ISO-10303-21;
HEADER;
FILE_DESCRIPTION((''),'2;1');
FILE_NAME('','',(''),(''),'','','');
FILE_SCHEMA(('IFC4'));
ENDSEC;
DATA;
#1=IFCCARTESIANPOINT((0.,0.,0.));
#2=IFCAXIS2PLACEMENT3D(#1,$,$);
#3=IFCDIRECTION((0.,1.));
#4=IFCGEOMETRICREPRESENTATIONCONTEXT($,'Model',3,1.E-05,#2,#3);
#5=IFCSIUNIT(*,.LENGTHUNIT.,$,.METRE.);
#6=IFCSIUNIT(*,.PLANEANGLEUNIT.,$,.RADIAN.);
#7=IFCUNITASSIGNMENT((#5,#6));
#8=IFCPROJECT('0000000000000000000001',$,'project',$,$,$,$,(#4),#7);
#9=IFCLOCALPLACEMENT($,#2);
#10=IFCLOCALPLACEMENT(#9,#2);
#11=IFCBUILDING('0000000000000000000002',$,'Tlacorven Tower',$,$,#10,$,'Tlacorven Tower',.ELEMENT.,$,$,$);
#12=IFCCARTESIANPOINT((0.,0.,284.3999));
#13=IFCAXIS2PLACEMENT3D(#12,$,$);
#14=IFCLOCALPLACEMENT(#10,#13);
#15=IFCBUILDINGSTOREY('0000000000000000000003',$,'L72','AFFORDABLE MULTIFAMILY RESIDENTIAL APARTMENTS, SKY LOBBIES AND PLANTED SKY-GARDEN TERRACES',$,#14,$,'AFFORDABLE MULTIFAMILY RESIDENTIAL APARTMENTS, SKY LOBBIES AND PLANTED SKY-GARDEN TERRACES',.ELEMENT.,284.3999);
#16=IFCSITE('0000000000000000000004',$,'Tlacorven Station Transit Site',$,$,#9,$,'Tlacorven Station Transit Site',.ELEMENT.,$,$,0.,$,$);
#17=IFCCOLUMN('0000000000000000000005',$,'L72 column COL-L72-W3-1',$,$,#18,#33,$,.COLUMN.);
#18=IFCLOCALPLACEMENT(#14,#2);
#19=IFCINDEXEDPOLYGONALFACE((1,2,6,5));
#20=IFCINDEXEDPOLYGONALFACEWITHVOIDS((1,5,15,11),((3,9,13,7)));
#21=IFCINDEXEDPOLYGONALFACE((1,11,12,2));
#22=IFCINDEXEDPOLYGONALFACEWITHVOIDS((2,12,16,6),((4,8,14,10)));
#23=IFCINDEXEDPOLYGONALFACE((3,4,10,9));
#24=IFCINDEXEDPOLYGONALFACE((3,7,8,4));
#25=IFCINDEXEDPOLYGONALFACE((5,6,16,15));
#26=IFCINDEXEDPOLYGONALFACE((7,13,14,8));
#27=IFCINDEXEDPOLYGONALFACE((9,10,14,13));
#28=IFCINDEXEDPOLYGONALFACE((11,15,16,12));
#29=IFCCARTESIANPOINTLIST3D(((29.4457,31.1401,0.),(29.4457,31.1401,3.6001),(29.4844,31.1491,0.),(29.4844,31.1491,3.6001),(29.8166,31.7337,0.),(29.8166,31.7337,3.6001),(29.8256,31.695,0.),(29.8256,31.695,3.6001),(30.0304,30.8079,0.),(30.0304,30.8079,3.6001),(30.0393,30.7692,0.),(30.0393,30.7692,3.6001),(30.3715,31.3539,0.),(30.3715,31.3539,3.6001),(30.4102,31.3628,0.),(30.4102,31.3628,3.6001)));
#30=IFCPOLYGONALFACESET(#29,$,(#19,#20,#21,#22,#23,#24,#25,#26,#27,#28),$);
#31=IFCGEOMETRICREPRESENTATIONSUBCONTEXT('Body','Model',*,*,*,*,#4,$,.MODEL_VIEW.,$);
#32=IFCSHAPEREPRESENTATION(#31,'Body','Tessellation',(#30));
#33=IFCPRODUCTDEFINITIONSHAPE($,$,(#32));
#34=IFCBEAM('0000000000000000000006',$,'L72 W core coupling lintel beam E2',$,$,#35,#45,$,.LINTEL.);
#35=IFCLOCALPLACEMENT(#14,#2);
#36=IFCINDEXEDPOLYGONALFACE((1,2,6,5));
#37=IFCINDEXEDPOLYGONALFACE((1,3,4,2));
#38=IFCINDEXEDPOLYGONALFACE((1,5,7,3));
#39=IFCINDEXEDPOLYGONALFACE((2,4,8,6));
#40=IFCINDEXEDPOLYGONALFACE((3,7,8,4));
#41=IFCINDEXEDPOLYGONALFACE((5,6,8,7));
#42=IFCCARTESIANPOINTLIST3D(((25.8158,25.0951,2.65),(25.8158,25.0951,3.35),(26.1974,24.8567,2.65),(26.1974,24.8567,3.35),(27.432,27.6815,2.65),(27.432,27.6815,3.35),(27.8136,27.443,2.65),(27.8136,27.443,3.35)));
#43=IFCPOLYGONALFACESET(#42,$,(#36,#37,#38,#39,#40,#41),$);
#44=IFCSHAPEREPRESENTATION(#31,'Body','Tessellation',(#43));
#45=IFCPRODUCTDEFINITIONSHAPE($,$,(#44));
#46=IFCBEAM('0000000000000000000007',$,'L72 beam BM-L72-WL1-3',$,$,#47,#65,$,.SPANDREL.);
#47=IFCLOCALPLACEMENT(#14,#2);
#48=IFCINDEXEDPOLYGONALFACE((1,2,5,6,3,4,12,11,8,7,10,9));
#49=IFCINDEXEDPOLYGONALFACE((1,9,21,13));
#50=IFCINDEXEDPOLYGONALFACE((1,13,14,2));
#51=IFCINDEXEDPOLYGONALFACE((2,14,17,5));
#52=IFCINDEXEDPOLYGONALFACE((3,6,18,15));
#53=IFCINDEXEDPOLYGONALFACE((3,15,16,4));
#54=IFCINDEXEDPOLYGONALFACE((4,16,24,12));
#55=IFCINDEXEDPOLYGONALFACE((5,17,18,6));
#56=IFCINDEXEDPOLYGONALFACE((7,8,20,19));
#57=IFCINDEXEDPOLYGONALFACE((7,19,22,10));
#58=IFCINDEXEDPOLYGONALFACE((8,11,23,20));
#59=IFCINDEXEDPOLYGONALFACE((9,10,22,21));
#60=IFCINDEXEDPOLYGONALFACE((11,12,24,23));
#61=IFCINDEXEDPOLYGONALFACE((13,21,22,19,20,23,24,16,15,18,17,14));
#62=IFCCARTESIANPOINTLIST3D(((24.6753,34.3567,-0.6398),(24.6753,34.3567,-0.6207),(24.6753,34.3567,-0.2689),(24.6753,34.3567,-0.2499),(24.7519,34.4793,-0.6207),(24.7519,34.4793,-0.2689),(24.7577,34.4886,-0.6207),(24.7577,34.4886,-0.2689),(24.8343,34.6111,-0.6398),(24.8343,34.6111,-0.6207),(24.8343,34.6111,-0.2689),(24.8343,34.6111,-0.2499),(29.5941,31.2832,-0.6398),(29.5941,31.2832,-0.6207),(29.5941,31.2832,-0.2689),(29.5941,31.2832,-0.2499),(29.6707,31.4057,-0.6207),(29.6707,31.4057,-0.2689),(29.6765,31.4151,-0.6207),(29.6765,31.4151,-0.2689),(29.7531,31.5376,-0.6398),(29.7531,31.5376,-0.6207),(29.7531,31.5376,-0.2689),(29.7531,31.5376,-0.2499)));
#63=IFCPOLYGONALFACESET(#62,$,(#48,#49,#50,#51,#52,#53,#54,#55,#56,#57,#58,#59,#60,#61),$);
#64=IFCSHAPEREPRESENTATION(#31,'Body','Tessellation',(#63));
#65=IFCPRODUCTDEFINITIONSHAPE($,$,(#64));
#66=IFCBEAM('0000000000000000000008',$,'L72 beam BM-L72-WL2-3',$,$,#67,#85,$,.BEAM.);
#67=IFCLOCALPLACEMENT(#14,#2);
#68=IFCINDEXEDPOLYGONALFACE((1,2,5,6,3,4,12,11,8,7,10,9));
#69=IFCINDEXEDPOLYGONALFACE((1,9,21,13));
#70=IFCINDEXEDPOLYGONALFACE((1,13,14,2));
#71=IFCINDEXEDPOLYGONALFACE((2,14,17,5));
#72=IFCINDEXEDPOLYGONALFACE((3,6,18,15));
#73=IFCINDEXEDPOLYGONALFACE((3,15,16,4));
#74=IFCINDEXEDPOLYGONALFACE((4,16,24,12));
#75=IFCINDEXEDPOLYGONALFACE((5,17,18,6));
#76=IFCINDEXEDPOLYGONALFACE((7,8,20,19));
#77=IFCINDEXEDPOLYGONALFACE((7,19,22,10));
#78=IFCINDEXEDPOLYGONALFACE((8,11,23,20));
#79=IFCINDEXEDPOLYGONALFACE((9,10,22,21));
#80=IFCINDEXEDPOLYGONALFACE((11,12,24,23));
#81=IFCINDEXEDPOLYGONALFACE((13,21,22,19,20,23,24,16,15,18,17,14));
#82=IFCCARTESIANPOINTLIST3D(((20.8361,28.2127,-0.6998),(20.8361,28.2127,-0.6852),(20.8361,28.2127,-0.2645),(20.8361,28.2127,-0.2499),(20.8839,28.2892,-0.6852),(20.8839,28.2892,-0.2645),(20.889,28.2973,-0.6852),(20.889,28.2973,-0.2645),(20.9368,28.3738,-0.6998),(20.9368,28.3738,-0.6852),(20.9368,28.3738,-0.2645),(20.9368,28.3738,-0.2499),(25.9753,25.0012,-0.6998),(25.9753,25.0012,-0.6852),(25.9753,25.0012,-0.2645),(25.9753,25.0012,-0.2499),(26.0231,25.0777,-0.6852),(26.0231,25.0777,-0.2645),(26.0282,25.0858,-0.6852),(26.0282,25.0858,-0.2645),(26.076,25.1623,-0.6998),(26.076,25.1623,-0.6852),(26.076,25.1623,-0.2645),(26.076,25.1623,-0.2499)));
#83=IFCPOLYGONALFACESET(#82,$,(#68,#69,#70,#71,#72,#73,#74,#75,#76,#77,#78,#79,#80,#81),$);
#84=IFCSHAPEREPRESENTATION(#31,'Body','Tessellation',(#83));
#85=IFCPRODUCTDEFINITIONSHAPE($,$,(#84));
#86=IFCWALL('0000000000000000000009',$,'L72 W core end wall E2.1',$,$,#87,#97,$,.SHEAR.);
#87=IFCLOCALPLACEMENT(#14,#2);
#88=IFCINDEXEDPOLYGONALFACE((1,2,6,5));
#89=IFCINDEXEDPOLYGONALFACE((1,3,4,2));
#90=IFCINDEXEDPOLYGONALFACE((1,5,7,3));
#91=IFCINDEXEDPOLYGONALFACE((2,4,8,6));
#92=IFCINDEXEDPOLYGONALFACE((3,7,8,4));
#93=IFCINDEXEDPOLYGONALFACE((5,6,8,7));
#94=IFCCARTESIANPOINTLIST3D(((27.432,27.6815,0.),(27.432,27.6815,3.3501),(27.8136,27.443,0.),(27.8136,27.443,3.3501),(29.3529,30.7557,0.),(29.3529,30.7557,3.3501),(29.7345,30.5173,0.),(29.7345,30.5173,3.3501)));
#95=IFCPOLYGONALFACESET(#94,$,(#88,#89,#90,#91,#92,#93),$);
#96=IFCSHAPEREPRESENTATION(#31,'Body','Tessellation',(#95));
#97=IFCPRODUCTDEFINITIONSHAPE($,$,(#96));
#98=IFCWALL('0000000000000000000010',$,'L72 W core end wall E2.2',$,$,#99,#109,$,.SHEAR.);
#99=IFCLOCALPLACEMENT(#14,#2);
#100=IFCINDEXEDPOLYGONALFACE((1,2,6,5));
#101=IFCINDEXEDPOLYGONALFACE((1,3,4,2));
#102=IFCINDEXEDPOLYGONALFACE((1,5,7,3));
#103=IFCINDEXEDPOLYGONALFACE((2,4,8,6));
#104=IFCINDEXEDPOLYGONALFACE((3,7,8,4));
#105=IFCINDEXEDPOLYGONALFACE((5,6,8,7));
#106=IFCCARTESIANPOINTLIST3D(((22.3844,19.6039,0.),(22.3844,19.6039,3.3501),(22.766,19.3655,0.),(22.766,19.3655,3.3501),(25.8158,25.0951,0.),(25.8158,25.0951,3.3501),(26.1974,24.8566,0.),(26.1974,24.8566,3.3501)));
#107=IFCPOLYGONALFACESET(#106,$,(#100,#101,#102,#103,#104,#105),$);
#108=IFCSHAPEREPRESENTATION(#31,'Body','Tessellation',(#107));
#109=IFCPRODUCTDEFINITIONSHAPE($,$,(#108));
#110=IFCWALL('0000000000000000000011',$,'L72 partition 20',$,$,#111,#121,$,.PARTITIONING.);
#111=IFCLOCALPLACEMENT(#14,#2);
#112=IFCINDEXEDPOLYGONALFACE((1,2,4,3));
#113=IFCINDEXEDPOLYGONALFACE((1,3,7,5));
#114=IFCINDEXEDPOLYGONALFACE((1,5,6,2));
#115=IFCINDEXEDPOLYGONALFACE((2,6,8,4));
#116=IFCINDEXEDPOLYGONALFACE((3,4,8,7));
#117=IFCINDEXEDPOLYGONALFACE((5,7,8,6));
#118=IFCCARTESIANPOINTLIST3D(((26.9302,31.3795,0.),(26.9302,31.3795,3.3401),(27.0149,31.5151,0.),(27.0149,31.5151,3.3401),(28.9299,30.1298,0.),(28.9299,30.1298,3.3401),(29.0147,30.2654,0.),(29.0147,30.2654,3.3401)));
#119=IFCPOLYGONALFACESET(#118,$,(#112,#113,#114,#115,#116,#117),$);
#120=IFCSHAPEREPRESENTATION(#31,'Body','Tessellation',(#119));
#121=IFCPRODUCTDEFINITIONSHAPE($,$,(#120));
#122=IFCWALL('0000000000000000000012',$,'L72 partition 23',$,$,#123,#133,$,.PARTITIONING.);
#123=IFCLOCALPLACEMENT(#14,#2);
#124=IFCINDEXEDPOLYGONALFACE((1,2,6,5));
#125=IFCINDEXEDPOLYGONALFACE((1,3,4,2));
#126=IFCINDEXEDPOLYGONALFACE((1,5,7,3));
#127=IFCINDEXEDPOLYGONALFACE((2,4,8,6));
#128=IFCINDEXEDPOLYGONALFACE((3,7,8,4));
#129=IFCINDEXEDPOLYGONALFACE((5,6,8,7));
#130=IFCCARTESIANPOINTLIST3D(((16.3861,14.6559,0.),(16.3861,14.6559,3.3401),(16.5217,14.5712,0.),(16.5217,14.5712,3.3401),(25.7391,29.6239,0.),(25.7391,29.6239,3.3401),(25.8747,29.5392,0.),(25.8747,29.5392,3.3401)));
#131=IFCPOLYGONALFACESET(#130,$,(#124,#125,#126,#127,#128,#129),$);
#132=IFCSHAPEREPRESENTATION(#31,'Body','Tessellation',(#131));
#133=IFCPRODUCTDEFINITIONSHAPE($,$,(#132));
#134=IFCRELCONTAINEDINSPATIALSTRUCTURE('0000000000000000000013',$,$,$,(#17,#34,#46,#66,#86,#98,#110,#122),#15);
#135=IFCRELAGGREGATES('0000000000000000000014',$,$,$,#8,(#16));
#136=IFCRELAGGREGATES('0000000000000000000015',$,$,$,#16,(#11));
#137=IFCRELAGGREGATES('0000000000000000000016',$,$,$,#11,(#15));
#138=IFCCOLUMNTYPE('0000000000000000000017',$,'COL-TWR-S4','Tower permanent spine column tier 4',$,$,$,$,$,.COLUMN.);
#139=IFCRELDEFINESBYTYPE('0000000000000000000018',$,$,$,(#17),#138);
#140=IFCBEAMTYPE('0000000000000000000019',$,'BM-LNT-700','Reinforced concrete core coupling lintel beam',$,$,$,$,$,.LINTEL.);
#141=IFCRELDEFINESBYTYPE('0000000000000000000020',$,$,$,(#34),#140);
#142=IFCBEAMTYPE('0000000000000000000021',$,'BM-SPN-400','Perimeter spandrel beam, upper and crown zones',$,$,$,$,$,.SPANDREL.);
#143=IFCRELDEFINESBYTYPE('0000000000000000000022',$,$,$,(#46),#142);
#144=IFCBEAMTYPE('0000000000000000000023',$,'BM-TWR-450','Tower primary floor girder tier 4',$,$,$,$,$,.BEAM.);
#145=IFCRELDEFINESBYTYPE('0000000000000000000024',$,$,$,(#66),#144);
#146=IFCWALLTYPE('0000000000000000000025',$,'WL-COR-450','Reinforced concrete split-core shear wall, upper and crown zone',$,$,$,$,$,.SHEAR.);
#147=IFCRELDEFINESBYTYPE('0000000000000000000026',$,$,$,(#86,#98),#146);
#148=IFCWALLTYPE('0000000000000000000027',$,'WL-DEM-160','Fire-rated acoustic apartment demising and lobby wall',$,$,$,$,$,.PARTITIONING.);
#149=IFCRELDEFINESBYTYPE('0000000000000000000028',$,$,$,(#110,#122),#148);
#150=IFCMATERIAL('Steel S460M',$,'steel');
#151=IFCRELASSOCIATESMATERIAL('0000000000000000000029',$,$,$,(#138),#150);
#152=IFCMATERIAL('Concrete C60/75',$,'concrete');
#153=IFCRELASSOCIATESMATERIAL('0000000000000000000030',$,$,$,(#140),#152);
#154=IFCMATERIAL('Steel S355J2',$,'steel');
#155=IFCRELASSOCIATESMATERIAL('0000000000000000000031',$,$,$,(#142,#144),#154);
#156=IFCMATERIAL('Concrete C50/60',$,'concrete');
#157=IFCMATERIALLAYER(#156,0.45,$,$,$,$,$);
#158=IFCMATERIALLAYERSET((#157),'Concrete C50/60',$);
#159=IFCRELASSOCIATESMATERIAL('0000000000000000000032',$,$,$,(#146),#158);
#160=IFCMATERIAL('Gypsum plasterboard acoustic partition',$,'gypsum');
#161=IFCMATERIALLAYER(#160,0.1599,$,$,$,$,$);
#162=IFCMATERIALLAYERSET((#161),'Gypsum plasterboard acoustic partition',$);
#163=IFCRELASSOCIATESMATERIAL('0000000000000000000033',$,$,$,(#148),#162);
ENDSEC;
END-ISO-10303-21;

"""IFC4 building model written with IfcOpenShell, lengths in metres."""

from ifc_helpers import new_model, si_unit, direction, frame, frame_2d, origin, origin_2d, place, context, subcontext, project, spatial, rectangle, hollow_rectangle, i_section, extrude, source, transform, mapped, material, layer, layer_set, material_profile, profile_set, type_object, element, save


model = new_model("IFC4")

# Units and contexts
model_context = context("Model", 3, precision=1e-05, world=origin(), true_north=direction((0.0, 1.0)))
body_context = subcontext(model_context, "Body", "Model", "MODEL_VIEW")
ifc_project = project(units=[si_unit("LENGTHUNIT", "METRE"), si_unit("PLANEANGLEUNIT", "RADIAN")], contexts=[model_context])

# Site, building, storey
site_placement = place(None, origin())
site = spatial("IfcSite", under=ifc_project, at=site_placement, Name="Tlacorven Station Transit Site", LongName="Tlacorven Station Transit Site", CompositionType="ELEMENT", RefElevation=0.0)
building_placement = place(site_placement, origin())
building = spatial("IfcBuilding", under=site, at=building_placement, Name="Tlacorven Tower", LongName="Tlacorven Tower", CompositionType="ELEMENT")
storey_placement = place(building_placement, frame((0.0, 0.0, 284.3999)))
storey = spatial("IfcBuildingStorey", under=building, at=storey_placement, Name="L72", Description="AFFORDABLE MULTIFAMILY RESIDENTIAL APARTMENTS, SKY LOBBIES AND PLANTED SKY-GARDEN TERRACES", LongName="AFFORDABLE MULTIFAMILY RESIDENTIAL APARTMENTS, SKY LOBBIES AND PLANTED SKY-GARDEN TERRACES", CompositionType="ELEMENT", Elevation=284.3999)

# Column
ifc_material_1 = material(Name="Steel S460M", Category="steel")
ifc_material_profile_1 = material_profile(ifc_material_1, hollow_rectangle(XDim=0.7, YDim=0.7, WallThickness=0.0281, at=origin_2d()), Name="BOX 700X700X28")
ifc_profile_set_1 = profile_set([ifc_material_profile_1], Name="Steel S460M")
column_type = type_object("IfcColumnType", Name="COL-TWR-S4", Description="Tower permanent spine column tier 4", PredefinedType="COLUMN", material=ifc_profile_set_1)
shared_shape_1 = source(origin(), body_context, "Body", "SweptSolid", [
    extrude(hollow_rectangle(XDim=0.7, YDim=0.7, WallThickness=0.0281, at=origin_2d()), origin(), (0.0, 0.0, 1.0), 3.6001),
])
column_placement = place(storey_placement, frame((29.928, 31.2515, 0.0), z_axis=(0.0, 0.0, 1.0), x_axis=(-0.848048, 0.529919, 0.0)))
element("IfcColumn", 1, at=column_placement, inside=storey, type_object=column_type, Name="L72 column COL-L72-W3-1", PredefinedType="COLUMN", context=body_context, shape_type="MappedRepresentation", body=[
    mapped(shared_shape_1, transform((0.0, 0.0, 0.0), scale=1.0)),
])

# Beams
ifc_material_2 = material(Name="Concrete C60/75", Category="concrete")
ifc_material_profile_2 = material_profile(ifc_material_2, rectangle(XDim=0.45, YDim=0.7, at=origin_2d()), Name="RC 450X700")
ifc_profile_set_2 = profile_set([ifc_material_profile_2], Name="Concrete C60/75")
beam_type_1 = type_object("IfcBeamType", Name="BM-LNT-700", Description="Reinforced concrete core coupling lintel beam", PredefinedType="LINTEL", material=ifc_profile_set_2)
shared_shape_2 = source(origin(), body_context, "Body", "SweptSolid", [
    extrude(rectangle(XDim=0.45, YDim=0.7, at=origin_2d()), origin(), (0.0, 0.0, 1.0), 3.0498),
])
beam_1_placement = place(storey_placement, frame((27.6228, 27.5623, 3.0), z_axis=(-0.529927, -0.848043, 0.0), x_axis=(0.848043, -0.529927, 0.0)))
element("IfcBeam", 2, at=beam_1_placement, inside=storey, type_object=beam_type_1, Name="L72 W core coupling lintel beam E2", PredefinedType="LINTEL", context=body_context, shape_type="MappedRepresentation", body=[
    mapped(shared_shape_2, transform((0.0, 0.0, 0.0), scale=1.0)),
])
ifc_material_3 = material(Name="Steel S355J2", Category="steel")
ifc_material_profile_3 = material_profile(ifc_material_3, i_section(OverallWidth=0.3, OverallDepth=0.3899, WebThickness=0.011, FlangeThickness=0.019, at=origin_2d()), Name="HEA 400")
ifc_profile_set_3 = profile_set([ifc_material_profile_3], Name="Steel S355J2")
beam_type_2 = type_object("IfcBeamType", Name="BM-SPN-400", Description="Perimeter spandrel beam, upper and crown zones", PredefinedType="SPANDREL", material=ifc_profile_set_3)
shared_shape_3 = source(origin(), body_context, "Body", "SweptSolid", [
    extrude(i_section(OverallWidth=0.3, OverallDepth=0.3899, WebThickness=0.011, FlangeThickness=0.019, at=origin_2d()), origin(), (0.0, 0.0, 1.0), 5.8),
])
beam_2_placement = place(storey_placement, frame((29.6736, 31.4104, -0.4448), z_axis=(-0.848053, 0.529912, 0.0), x_axis=(-0.529912, -0.848053, 0.0)))
element("IfcBeam", 3, at=beam_2_placement, inside=storey, type_object=beam_type_2, Name="L72 beam BM-L72-WL1-3", PredefinedType="SPANDREL", context=body_context, shape_type="MappedRepresentation", body=[
    mapped(shared_shape_3, transform((0.0, 0.0, 0.0), scale=1.0)),
])
ifc_material_profile_4 = material_profile(ifc_material_3, i_section(OverallWidth=0.1899, OverallDepth=0.45, WebThickness=0.0095, FlangeThickness=0.0146, at=origin_2d()), Name="IPE 450")
ifc_profile_set_4 = profile_set([ifc_material_profile_4], Name="Steel S355J2")
beam_type_3 = type_object("IfcBeamType", Name="BM-TWR-450", Description="Tower primary floor girder tier 4", PredefinedType="BEAM", material=ifc_profile_set_4)
shared_shape_4 = source(origin(), body_context, "Body", "SweptSolid", [
    extrude(i_section(OverallWidth=0.1899, OverallDepth=0.45, WebThickness=0.0095, FlangeThickness=0.0146, at=origin_2d()), origin(), (0.0, 0.0, 1.0), 6.0601),
])
beam_3_placement = place(storey_placement, frame((26.0256, 25.0818, -0.4749), z_axis=(-0.848039, 0.529934, 0.0), x_axis=(-0.529934, -0.848039, 0.0)))
element("IfcBeam", 4, at=beam_3_placement, inside=storey, type_object=beam_type_3, Name="L72 beam BM-L72-WL2-3", PredefinedType="BEAM", context=body_context, shape_type="MappedRepresentation", body=[
    mapped(shared_shape_4, transform((0.0, 0.0, 0.0), scale=1.0)),
])

# Walls
ifc_material_4 = material(Name="Concrete C50/60", Category="concrete")
ifc_layer_1 = layer(ifc_material_4, 0.45)
ifc_layer_set_1 = layer_set([ifc_layer_1], Name="Concrete C50/60")
wall_type_1 = type_object("IfcWallType", Name="WL-COR-450", Description="Reinforced concrete split-core shear wall, upper and crown zone", PredefinedType="SHEAR", material=ifc_layer_set_1)
wall_1_placement = place(storey_placement, frame((29.5437, 30.6365, 0.0), z_axis=(0.0, 0.0, 1.0), x_axis=(-0.529902, -0.848059, 0.0)))
element("IfcWall", 5, at=wall_1_placement, inside=storey, type_object=wall_type_1, Name="L72 W core end wall E2.1", PredefinedType="SHEAR", context=body_context, shape_type="SweptSolid", body=[
    extrude(rectangle(XDim=3.625, YDim=0.45, at=frame_2d((1.8125, 0.0))), origin(), (0.0, 0.0, 1.0), 3.3501),
])
wall_2_placement = place(storey_placement, frame((26.0066, 24.9758, 0.0), z_axis=(0.0, 0.0, 1.0), x_axis=(-0.529931, -0.848041, 0.0)))
element("IfcWall", 6, at=wall_2_placement, inside=storey, type_object=wall_type_1, Name="L72 W core end wall E2.2", PredefinedType="SHEAR", context=body_context, shape_type="SweptSolid", body=[
    extrude(rectangle(XDim=6.4751, YDim=0.45, at=frame_2d((3.2375, 0.0))), origin(), (0.0, 0.0, 1.0), 3.3501),
])
ifc_material_5 = material(Name="Gypsum plasterboard acoustic partition", Category="gypsum")
ifc_layer_2 = layer(ifc_material_5, 0.1599)
ifc_layer_set_2 = layer_set([ifc_layer_2], Name="Gypsum plasterboard acoustic partition")
wall_type_2 = type_object("IfcWallType", Name="WL-DEM-160", Description="Fire-rated acoustic apartment demising and lobby wall", PredefinedType="PARTITIONING", material=ifc_layer_set_2)
wall_3_placement = place(storey_placement, frame((28.9724, 30.1975, 0.0), z_axis=(0.0, 0.0, 1.0), x_axis=(-0.848016, 0.529971, 0.0)))
element("IfcWall", 7, at=wall_3_placement, inside=storey, type_object=wall_type_2, Name="L72 partition 20", PredefinedType="PARTITIONING", context=body_context, shape_type="SweptSolid", body=[
    extrude(rectangle(XDim=2.3582, YDim=0.1599, at=frame_2d((1.1792, 0.0))), origin(), (0.0, 0.0, 1.0), 3.3401),
])
wall_4_placement = place(storey_placement, frame((25.8069, 29.5815, 0.0), z_axis=(0.0, 0.0, 1.0), x_axis=(-0.529918, -0.848049, 0.0)))
element("IfcWall", 8, at=wall_4_placement, inside=storey, type_object=wall_type_2, Name="L72 partition 23", PredefinedType="PARTITIONING", context=body_context, shape_type="SweptSolid", body=[
    extrude(rectangle(XDim=17.6499, YDim=0.1599, at=frame_2d((8.825, 0.0))), origin(), (0.0, 0.0, 1.0), 3.3401),
])

save(model, "model.ifc")
